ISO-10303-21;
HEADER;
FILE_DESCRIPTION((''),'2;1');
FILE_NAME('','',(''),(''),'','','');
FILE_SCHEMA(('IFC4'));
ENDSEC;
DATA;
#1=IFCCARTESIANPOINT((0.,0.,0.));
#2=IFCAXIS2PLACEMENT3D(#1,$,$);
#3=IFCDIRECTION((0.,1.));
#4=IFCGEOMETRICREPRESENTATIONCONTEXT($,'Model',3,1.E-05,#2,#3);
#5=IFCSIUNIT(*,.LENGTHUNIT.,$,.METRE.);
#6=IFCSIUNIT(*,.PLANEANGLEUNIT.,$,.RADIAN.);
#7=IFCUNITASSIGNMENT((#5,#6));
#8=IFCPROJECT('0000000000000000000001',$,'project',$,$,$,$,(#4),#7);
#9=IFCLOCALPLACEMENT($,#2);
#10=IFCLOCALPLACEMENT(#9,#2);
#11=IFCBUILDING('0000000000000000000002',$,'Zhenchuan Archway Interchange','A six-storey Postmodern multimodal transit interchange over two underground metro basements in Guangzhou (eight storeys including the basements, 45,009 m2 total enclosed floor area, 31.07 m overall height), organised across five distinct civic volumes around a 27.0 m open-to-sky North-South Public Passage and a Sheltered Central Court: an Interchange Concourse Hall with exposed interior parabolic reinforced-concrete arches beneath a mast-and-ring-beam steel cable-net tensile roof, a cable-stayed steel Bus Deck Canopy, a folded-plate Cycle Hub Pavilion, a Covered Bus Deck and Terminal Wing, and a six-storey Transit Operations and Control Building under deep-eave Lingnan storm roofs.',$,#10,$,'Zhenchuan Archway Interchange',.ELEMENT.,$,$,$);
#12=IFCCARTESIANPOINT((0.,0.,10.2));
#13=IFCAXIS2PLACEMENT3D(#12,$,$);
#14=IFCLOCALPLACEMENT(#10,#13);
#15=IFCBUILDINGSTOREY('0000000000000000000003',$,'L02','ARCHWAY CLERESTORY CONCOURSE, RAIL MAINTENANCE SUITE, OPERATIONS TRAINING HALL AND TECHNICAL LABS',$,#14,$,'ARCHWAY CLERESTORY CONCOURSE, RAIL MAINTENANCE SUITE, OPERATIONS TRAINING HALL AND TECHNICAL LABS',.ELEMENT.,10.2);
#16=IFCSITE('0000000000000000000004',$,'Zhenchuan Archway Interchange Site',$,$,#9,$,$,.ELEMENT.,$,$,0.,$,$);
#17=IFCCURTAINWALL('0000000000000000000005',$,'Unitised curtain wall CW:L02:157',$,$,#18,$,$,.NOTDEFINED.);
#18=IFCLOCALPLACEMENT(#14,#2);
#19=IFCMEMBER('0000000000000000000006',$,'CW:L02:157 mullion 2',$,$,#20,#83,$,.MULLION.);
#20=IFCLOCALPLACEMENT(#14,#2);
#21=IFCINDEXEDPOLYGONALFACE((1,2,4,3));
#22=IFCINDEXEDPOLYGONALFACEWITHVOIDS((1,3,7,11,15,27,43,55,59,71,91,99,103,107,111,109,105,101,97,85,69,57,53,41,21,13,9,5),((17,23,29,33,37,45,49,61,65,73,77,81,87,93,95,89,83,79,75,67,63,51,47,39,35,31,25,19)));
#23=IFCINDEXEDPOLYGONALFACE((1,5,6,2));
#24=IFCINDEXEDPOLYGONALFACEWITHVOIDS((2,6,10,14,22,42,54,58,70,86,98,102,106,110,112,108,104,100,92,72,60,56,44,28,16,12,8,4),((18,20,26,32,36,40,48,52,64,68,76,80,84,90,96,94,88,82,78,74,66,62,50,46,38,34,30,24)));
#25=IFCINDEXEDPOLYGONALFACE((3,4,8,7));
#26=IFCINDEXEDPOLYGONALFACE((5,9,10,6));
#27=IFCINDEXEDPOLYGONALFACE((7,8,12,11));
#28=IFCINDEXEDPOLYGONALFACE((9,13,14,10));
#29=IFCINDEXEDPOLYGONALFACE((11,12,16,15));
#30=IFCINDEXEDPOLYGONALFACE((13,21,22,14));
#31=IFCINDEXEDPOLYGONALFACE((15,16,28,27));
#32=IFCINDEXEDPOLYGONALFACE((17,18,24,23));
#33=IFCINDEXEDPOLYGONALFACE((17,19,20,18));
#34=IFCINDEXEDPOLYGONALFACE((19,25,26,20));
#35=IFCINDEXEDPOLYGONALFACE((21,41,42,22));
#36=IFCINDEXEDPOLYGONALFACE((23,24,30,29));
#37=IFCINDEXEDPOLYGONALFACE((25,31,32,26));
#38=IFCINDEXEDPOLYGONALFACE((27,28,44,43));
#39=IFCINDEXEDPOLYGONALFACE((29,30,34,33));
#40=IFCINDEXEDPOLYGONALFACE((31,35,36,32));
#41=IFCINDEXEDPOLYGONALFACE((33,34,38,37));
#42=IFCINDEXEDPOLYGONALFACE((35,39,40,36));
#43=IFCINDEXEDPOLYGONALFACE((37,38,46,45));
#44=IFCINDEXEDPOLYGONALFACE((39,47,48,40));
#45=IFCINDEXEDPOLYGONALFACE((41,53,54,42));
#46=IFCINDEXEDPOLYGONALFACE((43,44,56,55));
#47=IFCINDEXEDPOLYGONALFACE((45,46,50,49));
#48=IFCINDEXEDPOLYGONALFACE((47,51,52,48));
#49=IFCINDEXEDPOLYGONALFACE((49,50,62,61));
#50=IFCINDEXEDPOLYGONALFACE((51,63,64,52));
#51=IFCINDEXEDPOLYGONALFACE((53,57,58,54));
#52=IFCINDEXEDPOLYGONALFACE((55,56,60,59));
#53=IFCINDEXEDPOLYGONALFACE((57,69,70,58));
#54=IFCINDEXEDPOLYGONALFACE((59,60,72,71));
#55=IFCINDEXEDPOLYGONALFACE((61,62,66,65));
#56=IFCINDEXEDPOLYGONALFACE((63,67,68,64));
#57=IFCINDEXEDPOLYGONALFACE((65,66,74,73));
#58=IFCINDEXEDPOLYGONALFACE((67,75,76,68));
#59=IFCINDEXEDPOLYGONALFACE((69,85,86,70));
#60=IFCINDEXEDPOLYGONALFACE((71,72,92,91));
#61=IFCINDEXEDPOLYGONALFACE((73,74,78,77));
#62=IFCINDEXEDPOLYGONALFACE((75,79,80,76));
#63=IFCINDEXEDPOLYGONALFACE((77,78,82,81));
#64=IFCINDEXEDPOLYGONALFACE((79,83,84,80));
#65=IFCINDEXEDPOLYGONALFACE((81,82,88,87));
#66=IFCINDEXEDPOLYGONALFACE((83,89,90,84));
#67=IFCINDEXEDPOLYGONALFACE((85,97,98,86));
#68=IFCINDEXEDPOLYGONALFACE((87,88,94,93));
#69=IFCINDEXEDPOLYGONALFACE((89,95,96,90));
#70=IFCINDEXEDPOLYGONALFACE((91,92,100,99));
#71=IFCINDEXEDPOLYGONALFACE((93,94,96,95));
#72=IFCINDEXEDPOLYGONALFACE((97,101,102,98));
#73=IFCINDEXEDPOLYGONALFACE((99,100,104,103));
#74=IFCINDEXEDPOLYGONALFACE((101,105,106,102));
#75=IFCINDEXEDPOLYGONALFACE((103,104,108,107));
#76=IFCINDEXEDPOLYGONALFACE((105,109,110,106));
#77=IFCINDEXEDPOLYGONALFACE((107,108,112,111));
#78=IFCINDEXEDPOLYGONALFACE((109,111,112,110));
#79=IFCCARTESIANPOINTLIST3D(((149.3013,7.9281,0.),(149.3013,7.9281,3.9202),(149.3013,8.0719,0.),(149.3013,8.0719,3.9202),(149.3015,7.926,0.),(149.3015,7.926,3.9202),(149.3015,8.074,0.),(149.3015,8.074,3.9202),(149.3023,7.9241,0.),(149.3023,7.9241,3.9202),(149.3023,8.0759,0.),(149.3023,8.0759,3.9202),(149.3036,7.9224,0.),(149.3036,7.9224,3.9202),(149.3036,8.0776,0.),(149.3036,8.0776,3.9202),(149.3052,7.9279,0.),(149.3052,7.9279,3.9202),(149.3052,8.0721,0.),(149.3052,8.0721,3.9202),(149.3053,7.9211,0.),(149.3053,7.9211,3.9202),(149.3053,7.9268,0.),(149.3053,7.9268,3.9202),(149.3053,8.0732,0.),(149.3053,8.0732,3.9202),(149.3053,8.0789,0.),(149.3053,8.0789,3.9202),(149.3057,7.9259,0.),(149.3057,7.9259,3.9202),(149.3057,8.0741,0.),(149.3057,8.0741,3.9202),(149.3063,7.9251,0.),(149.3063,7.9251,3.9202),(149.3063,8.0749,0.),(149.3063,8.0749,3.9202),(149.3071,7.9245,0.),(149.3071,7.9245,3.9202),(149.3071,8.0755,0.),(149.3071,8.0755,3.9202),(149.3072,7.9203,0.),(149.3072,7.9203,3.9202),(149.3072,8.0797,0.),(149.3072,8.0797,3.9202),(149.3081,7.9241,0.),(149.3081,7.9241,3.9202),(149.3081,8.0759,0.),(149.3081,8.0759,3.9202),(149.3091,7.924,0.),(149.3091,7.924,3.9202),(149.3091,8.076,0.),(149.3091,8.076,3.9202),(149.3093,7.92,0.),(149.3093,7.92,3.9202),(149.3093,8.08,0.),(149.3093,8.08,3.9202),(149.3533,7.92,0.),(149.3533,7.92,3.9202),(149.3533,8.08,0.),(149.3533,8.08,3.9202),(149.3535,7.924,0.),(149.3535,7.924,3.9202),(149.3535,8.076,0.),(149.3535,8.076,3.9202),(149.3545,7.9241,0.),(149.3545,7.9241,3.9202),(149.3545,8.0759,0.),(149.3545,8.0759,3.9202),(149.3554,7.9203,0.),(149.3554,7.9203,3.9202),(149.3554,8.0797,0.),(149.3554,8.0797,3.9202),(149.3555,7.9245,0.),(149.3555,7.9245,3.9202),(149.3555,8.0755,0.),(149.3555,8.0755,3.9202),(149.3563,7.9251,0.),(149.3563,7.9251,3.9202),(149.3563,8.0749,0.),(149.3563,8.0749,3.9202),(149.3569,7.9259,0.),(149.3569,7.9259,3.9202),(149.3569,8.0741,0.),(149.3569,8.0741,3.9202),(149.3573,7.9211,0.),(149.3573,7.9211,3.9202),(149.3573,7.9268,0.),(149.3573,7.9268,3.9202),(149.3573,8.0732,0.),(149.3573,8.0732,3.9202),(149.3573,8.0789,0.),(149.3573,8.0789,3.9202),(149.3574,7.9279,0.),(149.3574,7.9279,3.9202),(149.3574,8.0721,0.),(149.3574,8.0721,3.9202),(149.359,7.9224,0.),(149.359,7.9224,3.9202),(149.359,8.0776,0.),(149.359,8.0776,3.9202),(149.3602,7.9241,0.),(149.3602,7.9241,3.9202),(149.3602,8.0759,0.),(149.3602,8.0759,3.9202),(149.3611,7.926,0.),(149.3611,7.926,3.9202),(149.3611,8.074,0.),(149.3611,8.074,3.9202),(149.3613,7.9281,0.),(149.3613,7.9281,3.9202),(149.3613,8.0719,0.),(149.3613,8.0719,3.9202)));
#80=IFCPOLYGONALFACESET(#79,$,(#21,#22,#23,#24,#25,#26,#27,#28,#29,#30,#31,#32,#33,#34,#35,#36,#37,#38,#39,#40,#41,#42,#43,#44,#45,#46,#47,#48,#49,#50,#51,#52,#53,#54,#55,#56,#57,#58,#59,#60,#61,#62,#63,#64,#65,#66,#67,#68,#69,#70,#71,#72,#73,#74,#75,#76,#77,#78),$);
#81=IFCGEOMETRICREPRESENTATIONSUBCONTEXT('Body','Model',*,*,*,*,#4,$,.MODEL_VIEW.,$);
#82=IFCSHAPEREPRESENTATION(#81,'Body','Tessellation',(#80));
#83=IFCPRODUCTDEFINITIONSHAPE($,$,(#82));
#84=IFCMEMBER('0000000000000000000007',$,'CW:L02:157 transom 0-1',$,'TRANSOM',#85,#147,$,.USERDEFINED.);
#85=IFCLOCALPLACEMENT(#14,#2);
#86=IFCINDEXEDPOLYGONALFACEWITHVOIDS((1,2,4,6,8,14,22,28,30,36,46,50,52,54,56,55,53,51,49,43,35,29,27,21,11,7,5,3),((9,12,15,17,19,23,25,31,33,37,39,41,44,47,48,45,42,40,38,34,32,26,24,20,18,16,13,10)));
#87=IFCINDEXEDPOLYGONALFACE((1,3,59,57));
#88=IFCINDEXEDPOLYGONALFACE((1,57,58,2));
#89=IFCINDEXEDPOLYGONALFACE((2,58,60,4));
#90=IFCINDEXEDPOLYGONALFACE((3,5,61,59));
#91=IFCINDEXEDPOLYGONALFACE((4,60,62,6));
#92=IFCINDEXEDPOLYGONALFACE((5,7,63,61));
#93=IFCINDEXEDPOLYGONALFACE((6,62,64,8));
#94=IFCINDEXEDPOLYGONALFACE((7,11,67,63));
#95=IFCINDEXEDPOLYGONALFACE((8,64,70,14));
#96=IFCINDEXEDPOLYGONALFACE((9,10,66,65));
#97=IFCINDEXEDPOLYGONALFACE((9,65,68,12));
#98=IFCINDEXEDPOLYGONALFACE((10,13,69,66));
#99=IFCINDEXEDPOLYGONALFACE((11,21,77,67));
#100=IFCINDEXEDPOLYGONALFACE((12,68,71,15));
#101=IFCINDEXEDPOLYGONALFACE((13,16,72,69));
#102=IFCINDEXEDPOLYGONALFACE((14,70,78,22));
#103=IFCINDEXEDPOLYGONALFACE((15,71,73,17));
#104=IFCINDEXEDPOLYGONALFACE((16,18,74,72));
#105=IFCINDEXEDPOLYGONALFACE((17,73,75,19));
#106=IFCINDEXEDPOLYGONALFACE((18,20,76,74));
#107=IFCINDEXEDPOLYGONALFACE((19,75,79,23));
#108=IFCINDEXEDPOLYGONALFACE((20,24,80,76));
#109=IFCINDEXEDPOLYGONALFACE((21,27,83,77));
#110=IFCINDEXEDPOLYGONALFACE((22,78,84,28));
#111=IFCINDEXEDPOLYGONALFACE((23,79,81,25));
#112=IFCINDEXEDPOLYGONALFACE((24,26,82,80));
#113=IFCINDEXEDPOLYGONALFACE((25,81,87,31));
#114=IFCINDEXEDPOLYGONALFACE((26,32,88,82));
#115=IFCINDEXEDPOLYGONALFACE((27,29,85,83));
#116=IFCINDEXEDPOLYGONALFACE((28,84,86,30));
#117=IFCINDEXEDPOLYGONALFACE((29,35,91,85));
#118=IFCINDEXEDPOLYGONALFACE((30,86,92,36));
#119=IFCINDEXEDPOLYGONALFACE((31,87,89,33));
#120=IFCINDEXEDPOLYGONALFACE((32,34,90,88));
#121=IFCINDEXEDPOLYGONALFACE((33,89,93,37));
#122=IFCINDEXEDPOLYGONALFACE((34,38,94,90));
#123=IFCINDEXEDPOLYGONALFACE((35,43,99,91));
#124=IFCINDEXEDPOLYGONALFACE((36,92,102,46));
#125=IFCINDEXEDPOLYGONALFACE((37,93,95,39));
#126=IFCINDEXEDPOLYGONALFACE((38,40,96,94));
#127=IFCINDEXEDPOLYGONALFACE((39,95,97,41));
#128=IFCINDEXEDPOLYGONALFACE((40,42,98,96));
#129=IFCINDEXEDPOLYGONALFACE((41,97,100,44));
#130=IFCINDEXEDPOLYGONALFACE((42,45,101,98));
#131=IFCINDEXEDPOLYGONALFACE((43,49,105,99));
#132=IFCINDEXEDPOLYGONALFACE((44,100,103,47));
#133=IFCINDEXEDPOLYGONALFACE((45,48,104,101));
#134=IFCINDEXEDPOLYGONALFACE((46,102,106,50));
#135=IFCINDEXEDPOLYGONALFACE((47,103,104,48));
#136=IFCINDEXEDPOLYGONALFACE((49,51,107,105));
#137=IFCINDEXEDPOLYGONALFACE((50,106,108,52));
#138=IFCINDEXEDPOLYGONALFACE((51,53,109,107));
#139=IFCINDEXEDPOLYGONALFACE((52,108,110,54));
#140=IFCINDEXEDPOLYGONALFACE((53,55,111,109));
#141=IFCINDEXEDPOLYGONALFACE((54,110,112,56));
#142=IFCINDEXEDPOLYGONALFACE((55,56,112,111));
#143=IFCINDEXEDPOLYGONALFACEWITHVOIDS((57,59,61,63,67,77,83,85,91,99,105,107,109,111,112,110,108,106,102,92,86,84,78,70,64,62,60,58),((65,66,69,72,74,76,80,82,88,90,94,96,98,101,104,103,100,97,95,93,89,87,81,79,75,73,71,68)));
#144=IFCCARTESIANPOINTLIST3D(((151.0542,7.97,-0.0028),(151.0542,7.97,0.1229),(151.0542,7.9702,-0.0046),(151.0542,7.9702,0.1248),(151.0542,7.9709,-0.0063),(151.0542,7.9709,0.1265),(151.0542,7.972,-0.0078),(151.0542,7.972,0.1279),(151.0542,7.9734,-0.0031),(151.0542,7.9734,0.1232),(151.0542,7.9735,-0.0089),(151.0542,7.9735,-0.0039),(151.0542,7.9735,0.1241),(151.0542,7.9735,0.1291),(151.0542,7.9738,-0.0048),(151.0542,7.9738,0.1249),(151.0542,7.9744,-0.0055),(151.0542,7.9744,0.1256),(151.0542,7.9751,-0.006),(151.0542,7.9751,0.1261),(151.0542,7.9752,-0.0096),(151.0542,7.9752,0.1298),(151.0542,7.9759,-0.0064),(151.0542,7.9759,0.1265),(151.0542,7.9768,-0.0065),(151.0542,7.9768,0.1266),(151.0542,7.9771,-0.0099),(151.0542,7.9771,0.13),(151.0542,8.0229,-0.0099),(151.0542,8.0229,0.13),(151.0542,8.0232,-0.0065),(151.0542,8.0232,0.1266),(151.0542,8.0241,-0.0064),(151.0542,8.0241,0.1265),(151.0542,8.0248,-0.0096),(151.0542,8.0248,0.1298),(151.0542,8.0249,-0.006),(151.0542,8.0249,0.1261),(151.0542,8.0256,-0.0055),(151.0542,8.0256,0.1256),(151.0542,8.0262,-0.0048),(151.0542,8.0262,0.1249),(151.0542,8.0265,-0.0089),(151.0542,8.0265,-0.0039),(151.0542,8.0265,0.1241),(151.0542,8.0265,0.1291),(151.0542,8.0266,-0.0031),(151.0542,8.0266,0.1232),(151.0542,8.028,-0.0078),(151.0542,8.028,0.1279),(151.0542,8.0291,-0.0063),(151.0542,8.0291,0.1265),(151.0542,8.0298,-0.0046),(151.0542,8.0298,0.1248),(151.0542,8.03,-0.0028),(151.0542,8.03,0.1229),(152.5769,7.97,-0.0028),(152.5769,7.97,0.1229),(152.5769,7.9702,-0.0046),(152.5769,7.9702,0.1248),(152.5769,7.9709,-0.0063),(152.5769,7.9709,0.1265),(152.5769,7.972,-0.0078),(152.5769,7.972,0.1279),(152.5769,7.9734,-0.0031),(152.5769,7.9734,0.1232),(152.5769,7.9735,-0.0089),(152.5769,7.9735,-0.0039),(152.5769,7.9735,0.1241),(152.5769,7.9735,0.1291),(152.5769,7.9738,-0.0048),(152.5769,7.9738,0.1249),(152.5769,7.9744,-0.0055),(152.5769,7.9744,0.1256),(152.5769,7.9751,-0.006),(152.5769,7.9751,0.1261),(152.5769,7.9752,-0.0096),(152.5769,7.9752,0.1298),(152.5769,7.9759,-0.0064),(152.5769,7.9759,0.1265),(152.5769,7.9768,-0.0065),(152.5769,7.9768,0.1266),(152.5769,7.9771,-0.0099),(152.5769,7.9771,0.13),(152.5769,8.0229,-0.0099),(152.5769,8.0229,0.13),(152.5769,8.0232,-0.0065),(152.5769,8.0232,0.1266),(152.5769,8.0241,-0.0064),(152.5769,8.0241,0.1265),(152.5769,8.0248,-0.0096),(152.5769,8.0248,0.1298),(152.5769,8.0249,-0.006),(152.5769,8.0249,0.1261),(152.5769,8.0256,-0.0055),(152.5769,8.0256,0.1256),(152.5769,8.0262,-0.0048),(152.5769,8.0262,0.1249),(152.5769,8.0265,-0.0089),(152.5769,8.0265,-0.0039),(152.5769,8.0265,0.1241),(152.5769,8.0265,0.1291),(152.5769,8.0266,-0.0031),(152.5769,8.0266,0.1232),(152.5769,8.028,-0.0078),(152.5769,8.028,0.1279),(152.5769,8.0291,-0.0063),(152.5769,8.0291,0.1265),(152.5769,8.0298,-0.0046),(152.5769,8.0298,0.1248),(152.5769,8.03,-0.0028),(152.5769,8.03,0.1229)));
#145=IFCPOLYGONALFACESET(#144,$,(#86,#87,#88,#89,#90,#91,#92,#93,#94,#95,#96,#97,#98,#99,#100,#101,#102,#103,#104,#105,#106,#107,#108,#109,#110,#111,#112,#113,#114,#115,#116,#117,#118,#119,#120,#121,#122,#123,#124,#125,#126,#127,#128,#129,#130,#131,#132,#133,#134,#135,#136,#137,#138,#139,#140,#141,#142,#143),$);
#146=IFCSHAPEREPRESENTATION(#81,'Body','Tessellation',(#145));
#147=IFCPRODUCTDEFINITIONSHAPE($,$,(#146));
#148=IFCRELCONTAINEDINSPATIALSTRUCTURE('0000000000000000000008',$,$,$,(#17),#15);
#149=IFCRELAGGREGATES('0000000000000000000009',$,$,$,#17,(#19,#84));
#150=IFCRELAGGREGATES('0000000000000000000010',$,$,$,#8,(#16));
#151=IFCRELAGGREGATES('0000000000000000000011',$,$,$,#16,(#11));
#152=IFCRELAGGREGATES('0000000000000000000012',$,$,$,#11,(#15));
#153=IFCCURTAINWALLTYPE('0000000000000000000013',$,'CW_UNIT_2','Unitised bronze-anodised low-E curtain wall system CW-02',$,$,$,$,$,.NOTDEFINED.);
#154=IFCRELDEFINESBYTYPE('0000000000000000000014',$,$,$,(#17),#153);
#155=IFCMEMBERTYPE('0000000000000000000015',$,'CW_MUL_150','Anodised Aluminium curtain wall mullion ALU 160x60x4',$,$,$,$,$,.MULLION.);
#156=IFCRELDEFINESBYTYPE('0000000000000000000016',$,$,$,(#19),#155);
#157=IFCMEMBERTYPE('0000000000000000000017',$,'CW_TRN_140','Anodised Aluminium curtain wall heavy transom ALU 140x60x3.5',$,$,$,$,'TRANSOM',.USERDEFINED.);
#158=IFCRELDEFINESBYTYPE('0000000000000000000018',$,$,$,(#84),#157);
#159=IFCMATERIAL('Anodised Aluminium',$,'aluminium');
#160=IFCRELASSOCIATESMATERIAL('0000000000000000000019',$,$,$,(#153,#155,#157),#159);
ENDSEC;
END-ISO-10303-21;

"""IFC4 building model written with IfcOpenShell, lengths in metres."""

from ifc_helpers import new_model, si_unit, direction, frame, origin, origin_2d, place, context, subcontext, project, spatial, hollow_rectangle, extrude, material, material_profile, profile_set, type_object, element, aggregate, save


model = new_model("IFC4")

# Units and contexts
model_context = context("Model", 3, precision=1e-05, world=origin(), true_north=direction((0.0, 1.0)))
body_context = subcontext(model_context, "Body", "Model", "MODEL_VIEW")
ifc_project = project(units=[si_unit("LENGTHUNIT", "METRE"), si_unit("PLANEANGLEUNIT", "RADIAN")], contexts=[model_context])

# Site, building, storey
site_placement = place(None, origin())
site = spatial("IfcSite", under=ifc_project, at=site_placement, Name="Zhenchuan Archway Interchange Site", CompositionType="ELEMENT", RefElevation=0.0)
building_placement = place(site_placement, origin())
building = spatial("IfcBuilding", under=site, at=building_placement, Name="Zhenchuan Archway Interchange", Description="A six-storey Postmodern multimodal transit interchange over two underground metro basements in Guangzhou (eight storeys including the basements, 45,009 m2 total enclosed floor area, 31.07 m overall height), organised across five distinct civic volumes around a 27.0 m open-to-sky North-South Public Passage and a Sheltered Central Court: an Interchange Concourse Hall with exposed interior parabolic reinforced-concrete arches beneath a mast-and-ring-beam steel cable-net tensile roof, a cable-stayed steel Bus Deck Canopy, a folded-plate Cycle Hub Pavilion, a Covered Bus Deck and Terminal Wing, and a six-storey Transit Operations and Control Building under deep-eave Lingnan storm roofs.", LongName="Zhenchuan Archway Interchange", CompositionType="ELEMENT")
storey_placement = place(building_placement, frame((0.0, 0.0, 10.2)))
storey = spatial("IfcBuildingStorey", under=building, at=storey_placement, Name="L02", Description="ARCHWAY CLERESTORY CONCOURSE, RAIL MAINTENANCE SUITE, OPERATIONS TRAINING HALL AND TECHNICAL LABS", LongName="ARCHWAY CLERESTORY CONCOURSE, RAIL MAINTENANCE SUITE, OPERATIONS TRAINING HALL AND TECHNICAL LABS", CompositionType="ELEMENT", Elevation=10.2)

# Curtain wall, members
ifc_material_1 = material(Name="Anodised Aluminium", Category="aluminium")
curtain_wall_type = type_object("IfcCurtainWallType", Name="CW_UNIT_2", Description="Unitised bronze-anodised low-E curtain wall system CW-02", PredefinedType="NOTDEFINED", material=ifc_material_1)
curtain_wall_placement = place(storey_placement, origin())
curtain_wall = element("IfcCurtainWall", 1, at=curtain_wall_placement, inside=storey, type_object=curtain_wall_type, Name="Unitised curtain wall CW:L02:157", PredefinedType="NOTDEFINED")
ifc_material_profile_1 = material_profile(ifc_material_1, hollow_rectangle(XDim=0.0601, YDim=0.1599, WallThickness=0.0039, InnerFilletRadius=0.0039, OuterFilletRadius=0.0081, at=origin_2d()), Name="ALU 160x60x4")
ifc_profile_set_1 = profile_set([ifc_material_profile_1], Name="Anodised Aluminium")
member_type_1 = type_object("IfcMemberType", Name="CW_MUL_150", Description="Anodised Aluminium curtain wall mullion ALU 160x60x4", PredefinedType="MULLION", material=ifc_profile_set_1)
member_1_placement = place(storey_placement, frame((149.3313, 8.0, 0.0), z_axis=(0.0, 0.0, 1.0), x_axis=(1.0, 0.0, 0.0)))
member_1 = element("IfcMember", 2, at=member_1_placement, type_object=member_type_1, Name="CW:L02:157 mullion 2", PredefinedType="MULLION", context=body_context, shape_type="SweptSolid", body=[
    extrude(hollow_rectangle(XDim=0.0601, YDim=0.1599, WallThickness=0.0039, InnerFilletRadius=0.0039, OuterFilletRadius=0.0081, at=origin_2d()), origin(), (0.0, 0.0, 1.0), 3.9202),
])
ifc_material_profile_2 = material_profile(ifc_material_1, hollow_rectangle(XDim=0.0601, YDim=0.1399, WallThickness=0.0034, InnerFilletRadius=0.0034, OuterFilletRadius=0.0071, at=origin_2d()), Name="ALU 140x60x3.5")
ifc_profile_set_2 = profile_set([ifc_material_profile_2], Name="Anodised Aluminium")
member_type_2 = type_object("IfcMemberType", Name="CW_TRN_140", Description="Anodised Aluminium curtain wall heavy transom ALU 140x60x3.5", ElementType="TRANSOM", PredefinedType="USERDEFINED", material=ifc_profile_set_2)
member_2_placement = place(storey_placement, frame((152.5769, 8.0, 0.0601), z_axis=(-1.0, 0.0, 0.0), x_axis=(0.0, -1.0, 0.0)))
member_2 = element("IfcMember", 3, at=member_2_placement, type_object=member_type_2, Name="CW:L02:157 transom 0-1", ObjectType="TRANSOM", PredefinedType="USERDEFINED", context=body_context, shape_type="SweptSolid", body=[
    extrude(hollow_rectangle(XDim=0.0601, YDim=0.1399, WallThickness=0.0034, InnerFilletRadius=0.0034, OuterFilletRadius=0.0071, at=origin_2d()), origin(), (0.0, 0.0, 1.0), 1.5227),
])

aggregate(curtain_wall, [member_1, member_2])

save(model, "model.ifc")
